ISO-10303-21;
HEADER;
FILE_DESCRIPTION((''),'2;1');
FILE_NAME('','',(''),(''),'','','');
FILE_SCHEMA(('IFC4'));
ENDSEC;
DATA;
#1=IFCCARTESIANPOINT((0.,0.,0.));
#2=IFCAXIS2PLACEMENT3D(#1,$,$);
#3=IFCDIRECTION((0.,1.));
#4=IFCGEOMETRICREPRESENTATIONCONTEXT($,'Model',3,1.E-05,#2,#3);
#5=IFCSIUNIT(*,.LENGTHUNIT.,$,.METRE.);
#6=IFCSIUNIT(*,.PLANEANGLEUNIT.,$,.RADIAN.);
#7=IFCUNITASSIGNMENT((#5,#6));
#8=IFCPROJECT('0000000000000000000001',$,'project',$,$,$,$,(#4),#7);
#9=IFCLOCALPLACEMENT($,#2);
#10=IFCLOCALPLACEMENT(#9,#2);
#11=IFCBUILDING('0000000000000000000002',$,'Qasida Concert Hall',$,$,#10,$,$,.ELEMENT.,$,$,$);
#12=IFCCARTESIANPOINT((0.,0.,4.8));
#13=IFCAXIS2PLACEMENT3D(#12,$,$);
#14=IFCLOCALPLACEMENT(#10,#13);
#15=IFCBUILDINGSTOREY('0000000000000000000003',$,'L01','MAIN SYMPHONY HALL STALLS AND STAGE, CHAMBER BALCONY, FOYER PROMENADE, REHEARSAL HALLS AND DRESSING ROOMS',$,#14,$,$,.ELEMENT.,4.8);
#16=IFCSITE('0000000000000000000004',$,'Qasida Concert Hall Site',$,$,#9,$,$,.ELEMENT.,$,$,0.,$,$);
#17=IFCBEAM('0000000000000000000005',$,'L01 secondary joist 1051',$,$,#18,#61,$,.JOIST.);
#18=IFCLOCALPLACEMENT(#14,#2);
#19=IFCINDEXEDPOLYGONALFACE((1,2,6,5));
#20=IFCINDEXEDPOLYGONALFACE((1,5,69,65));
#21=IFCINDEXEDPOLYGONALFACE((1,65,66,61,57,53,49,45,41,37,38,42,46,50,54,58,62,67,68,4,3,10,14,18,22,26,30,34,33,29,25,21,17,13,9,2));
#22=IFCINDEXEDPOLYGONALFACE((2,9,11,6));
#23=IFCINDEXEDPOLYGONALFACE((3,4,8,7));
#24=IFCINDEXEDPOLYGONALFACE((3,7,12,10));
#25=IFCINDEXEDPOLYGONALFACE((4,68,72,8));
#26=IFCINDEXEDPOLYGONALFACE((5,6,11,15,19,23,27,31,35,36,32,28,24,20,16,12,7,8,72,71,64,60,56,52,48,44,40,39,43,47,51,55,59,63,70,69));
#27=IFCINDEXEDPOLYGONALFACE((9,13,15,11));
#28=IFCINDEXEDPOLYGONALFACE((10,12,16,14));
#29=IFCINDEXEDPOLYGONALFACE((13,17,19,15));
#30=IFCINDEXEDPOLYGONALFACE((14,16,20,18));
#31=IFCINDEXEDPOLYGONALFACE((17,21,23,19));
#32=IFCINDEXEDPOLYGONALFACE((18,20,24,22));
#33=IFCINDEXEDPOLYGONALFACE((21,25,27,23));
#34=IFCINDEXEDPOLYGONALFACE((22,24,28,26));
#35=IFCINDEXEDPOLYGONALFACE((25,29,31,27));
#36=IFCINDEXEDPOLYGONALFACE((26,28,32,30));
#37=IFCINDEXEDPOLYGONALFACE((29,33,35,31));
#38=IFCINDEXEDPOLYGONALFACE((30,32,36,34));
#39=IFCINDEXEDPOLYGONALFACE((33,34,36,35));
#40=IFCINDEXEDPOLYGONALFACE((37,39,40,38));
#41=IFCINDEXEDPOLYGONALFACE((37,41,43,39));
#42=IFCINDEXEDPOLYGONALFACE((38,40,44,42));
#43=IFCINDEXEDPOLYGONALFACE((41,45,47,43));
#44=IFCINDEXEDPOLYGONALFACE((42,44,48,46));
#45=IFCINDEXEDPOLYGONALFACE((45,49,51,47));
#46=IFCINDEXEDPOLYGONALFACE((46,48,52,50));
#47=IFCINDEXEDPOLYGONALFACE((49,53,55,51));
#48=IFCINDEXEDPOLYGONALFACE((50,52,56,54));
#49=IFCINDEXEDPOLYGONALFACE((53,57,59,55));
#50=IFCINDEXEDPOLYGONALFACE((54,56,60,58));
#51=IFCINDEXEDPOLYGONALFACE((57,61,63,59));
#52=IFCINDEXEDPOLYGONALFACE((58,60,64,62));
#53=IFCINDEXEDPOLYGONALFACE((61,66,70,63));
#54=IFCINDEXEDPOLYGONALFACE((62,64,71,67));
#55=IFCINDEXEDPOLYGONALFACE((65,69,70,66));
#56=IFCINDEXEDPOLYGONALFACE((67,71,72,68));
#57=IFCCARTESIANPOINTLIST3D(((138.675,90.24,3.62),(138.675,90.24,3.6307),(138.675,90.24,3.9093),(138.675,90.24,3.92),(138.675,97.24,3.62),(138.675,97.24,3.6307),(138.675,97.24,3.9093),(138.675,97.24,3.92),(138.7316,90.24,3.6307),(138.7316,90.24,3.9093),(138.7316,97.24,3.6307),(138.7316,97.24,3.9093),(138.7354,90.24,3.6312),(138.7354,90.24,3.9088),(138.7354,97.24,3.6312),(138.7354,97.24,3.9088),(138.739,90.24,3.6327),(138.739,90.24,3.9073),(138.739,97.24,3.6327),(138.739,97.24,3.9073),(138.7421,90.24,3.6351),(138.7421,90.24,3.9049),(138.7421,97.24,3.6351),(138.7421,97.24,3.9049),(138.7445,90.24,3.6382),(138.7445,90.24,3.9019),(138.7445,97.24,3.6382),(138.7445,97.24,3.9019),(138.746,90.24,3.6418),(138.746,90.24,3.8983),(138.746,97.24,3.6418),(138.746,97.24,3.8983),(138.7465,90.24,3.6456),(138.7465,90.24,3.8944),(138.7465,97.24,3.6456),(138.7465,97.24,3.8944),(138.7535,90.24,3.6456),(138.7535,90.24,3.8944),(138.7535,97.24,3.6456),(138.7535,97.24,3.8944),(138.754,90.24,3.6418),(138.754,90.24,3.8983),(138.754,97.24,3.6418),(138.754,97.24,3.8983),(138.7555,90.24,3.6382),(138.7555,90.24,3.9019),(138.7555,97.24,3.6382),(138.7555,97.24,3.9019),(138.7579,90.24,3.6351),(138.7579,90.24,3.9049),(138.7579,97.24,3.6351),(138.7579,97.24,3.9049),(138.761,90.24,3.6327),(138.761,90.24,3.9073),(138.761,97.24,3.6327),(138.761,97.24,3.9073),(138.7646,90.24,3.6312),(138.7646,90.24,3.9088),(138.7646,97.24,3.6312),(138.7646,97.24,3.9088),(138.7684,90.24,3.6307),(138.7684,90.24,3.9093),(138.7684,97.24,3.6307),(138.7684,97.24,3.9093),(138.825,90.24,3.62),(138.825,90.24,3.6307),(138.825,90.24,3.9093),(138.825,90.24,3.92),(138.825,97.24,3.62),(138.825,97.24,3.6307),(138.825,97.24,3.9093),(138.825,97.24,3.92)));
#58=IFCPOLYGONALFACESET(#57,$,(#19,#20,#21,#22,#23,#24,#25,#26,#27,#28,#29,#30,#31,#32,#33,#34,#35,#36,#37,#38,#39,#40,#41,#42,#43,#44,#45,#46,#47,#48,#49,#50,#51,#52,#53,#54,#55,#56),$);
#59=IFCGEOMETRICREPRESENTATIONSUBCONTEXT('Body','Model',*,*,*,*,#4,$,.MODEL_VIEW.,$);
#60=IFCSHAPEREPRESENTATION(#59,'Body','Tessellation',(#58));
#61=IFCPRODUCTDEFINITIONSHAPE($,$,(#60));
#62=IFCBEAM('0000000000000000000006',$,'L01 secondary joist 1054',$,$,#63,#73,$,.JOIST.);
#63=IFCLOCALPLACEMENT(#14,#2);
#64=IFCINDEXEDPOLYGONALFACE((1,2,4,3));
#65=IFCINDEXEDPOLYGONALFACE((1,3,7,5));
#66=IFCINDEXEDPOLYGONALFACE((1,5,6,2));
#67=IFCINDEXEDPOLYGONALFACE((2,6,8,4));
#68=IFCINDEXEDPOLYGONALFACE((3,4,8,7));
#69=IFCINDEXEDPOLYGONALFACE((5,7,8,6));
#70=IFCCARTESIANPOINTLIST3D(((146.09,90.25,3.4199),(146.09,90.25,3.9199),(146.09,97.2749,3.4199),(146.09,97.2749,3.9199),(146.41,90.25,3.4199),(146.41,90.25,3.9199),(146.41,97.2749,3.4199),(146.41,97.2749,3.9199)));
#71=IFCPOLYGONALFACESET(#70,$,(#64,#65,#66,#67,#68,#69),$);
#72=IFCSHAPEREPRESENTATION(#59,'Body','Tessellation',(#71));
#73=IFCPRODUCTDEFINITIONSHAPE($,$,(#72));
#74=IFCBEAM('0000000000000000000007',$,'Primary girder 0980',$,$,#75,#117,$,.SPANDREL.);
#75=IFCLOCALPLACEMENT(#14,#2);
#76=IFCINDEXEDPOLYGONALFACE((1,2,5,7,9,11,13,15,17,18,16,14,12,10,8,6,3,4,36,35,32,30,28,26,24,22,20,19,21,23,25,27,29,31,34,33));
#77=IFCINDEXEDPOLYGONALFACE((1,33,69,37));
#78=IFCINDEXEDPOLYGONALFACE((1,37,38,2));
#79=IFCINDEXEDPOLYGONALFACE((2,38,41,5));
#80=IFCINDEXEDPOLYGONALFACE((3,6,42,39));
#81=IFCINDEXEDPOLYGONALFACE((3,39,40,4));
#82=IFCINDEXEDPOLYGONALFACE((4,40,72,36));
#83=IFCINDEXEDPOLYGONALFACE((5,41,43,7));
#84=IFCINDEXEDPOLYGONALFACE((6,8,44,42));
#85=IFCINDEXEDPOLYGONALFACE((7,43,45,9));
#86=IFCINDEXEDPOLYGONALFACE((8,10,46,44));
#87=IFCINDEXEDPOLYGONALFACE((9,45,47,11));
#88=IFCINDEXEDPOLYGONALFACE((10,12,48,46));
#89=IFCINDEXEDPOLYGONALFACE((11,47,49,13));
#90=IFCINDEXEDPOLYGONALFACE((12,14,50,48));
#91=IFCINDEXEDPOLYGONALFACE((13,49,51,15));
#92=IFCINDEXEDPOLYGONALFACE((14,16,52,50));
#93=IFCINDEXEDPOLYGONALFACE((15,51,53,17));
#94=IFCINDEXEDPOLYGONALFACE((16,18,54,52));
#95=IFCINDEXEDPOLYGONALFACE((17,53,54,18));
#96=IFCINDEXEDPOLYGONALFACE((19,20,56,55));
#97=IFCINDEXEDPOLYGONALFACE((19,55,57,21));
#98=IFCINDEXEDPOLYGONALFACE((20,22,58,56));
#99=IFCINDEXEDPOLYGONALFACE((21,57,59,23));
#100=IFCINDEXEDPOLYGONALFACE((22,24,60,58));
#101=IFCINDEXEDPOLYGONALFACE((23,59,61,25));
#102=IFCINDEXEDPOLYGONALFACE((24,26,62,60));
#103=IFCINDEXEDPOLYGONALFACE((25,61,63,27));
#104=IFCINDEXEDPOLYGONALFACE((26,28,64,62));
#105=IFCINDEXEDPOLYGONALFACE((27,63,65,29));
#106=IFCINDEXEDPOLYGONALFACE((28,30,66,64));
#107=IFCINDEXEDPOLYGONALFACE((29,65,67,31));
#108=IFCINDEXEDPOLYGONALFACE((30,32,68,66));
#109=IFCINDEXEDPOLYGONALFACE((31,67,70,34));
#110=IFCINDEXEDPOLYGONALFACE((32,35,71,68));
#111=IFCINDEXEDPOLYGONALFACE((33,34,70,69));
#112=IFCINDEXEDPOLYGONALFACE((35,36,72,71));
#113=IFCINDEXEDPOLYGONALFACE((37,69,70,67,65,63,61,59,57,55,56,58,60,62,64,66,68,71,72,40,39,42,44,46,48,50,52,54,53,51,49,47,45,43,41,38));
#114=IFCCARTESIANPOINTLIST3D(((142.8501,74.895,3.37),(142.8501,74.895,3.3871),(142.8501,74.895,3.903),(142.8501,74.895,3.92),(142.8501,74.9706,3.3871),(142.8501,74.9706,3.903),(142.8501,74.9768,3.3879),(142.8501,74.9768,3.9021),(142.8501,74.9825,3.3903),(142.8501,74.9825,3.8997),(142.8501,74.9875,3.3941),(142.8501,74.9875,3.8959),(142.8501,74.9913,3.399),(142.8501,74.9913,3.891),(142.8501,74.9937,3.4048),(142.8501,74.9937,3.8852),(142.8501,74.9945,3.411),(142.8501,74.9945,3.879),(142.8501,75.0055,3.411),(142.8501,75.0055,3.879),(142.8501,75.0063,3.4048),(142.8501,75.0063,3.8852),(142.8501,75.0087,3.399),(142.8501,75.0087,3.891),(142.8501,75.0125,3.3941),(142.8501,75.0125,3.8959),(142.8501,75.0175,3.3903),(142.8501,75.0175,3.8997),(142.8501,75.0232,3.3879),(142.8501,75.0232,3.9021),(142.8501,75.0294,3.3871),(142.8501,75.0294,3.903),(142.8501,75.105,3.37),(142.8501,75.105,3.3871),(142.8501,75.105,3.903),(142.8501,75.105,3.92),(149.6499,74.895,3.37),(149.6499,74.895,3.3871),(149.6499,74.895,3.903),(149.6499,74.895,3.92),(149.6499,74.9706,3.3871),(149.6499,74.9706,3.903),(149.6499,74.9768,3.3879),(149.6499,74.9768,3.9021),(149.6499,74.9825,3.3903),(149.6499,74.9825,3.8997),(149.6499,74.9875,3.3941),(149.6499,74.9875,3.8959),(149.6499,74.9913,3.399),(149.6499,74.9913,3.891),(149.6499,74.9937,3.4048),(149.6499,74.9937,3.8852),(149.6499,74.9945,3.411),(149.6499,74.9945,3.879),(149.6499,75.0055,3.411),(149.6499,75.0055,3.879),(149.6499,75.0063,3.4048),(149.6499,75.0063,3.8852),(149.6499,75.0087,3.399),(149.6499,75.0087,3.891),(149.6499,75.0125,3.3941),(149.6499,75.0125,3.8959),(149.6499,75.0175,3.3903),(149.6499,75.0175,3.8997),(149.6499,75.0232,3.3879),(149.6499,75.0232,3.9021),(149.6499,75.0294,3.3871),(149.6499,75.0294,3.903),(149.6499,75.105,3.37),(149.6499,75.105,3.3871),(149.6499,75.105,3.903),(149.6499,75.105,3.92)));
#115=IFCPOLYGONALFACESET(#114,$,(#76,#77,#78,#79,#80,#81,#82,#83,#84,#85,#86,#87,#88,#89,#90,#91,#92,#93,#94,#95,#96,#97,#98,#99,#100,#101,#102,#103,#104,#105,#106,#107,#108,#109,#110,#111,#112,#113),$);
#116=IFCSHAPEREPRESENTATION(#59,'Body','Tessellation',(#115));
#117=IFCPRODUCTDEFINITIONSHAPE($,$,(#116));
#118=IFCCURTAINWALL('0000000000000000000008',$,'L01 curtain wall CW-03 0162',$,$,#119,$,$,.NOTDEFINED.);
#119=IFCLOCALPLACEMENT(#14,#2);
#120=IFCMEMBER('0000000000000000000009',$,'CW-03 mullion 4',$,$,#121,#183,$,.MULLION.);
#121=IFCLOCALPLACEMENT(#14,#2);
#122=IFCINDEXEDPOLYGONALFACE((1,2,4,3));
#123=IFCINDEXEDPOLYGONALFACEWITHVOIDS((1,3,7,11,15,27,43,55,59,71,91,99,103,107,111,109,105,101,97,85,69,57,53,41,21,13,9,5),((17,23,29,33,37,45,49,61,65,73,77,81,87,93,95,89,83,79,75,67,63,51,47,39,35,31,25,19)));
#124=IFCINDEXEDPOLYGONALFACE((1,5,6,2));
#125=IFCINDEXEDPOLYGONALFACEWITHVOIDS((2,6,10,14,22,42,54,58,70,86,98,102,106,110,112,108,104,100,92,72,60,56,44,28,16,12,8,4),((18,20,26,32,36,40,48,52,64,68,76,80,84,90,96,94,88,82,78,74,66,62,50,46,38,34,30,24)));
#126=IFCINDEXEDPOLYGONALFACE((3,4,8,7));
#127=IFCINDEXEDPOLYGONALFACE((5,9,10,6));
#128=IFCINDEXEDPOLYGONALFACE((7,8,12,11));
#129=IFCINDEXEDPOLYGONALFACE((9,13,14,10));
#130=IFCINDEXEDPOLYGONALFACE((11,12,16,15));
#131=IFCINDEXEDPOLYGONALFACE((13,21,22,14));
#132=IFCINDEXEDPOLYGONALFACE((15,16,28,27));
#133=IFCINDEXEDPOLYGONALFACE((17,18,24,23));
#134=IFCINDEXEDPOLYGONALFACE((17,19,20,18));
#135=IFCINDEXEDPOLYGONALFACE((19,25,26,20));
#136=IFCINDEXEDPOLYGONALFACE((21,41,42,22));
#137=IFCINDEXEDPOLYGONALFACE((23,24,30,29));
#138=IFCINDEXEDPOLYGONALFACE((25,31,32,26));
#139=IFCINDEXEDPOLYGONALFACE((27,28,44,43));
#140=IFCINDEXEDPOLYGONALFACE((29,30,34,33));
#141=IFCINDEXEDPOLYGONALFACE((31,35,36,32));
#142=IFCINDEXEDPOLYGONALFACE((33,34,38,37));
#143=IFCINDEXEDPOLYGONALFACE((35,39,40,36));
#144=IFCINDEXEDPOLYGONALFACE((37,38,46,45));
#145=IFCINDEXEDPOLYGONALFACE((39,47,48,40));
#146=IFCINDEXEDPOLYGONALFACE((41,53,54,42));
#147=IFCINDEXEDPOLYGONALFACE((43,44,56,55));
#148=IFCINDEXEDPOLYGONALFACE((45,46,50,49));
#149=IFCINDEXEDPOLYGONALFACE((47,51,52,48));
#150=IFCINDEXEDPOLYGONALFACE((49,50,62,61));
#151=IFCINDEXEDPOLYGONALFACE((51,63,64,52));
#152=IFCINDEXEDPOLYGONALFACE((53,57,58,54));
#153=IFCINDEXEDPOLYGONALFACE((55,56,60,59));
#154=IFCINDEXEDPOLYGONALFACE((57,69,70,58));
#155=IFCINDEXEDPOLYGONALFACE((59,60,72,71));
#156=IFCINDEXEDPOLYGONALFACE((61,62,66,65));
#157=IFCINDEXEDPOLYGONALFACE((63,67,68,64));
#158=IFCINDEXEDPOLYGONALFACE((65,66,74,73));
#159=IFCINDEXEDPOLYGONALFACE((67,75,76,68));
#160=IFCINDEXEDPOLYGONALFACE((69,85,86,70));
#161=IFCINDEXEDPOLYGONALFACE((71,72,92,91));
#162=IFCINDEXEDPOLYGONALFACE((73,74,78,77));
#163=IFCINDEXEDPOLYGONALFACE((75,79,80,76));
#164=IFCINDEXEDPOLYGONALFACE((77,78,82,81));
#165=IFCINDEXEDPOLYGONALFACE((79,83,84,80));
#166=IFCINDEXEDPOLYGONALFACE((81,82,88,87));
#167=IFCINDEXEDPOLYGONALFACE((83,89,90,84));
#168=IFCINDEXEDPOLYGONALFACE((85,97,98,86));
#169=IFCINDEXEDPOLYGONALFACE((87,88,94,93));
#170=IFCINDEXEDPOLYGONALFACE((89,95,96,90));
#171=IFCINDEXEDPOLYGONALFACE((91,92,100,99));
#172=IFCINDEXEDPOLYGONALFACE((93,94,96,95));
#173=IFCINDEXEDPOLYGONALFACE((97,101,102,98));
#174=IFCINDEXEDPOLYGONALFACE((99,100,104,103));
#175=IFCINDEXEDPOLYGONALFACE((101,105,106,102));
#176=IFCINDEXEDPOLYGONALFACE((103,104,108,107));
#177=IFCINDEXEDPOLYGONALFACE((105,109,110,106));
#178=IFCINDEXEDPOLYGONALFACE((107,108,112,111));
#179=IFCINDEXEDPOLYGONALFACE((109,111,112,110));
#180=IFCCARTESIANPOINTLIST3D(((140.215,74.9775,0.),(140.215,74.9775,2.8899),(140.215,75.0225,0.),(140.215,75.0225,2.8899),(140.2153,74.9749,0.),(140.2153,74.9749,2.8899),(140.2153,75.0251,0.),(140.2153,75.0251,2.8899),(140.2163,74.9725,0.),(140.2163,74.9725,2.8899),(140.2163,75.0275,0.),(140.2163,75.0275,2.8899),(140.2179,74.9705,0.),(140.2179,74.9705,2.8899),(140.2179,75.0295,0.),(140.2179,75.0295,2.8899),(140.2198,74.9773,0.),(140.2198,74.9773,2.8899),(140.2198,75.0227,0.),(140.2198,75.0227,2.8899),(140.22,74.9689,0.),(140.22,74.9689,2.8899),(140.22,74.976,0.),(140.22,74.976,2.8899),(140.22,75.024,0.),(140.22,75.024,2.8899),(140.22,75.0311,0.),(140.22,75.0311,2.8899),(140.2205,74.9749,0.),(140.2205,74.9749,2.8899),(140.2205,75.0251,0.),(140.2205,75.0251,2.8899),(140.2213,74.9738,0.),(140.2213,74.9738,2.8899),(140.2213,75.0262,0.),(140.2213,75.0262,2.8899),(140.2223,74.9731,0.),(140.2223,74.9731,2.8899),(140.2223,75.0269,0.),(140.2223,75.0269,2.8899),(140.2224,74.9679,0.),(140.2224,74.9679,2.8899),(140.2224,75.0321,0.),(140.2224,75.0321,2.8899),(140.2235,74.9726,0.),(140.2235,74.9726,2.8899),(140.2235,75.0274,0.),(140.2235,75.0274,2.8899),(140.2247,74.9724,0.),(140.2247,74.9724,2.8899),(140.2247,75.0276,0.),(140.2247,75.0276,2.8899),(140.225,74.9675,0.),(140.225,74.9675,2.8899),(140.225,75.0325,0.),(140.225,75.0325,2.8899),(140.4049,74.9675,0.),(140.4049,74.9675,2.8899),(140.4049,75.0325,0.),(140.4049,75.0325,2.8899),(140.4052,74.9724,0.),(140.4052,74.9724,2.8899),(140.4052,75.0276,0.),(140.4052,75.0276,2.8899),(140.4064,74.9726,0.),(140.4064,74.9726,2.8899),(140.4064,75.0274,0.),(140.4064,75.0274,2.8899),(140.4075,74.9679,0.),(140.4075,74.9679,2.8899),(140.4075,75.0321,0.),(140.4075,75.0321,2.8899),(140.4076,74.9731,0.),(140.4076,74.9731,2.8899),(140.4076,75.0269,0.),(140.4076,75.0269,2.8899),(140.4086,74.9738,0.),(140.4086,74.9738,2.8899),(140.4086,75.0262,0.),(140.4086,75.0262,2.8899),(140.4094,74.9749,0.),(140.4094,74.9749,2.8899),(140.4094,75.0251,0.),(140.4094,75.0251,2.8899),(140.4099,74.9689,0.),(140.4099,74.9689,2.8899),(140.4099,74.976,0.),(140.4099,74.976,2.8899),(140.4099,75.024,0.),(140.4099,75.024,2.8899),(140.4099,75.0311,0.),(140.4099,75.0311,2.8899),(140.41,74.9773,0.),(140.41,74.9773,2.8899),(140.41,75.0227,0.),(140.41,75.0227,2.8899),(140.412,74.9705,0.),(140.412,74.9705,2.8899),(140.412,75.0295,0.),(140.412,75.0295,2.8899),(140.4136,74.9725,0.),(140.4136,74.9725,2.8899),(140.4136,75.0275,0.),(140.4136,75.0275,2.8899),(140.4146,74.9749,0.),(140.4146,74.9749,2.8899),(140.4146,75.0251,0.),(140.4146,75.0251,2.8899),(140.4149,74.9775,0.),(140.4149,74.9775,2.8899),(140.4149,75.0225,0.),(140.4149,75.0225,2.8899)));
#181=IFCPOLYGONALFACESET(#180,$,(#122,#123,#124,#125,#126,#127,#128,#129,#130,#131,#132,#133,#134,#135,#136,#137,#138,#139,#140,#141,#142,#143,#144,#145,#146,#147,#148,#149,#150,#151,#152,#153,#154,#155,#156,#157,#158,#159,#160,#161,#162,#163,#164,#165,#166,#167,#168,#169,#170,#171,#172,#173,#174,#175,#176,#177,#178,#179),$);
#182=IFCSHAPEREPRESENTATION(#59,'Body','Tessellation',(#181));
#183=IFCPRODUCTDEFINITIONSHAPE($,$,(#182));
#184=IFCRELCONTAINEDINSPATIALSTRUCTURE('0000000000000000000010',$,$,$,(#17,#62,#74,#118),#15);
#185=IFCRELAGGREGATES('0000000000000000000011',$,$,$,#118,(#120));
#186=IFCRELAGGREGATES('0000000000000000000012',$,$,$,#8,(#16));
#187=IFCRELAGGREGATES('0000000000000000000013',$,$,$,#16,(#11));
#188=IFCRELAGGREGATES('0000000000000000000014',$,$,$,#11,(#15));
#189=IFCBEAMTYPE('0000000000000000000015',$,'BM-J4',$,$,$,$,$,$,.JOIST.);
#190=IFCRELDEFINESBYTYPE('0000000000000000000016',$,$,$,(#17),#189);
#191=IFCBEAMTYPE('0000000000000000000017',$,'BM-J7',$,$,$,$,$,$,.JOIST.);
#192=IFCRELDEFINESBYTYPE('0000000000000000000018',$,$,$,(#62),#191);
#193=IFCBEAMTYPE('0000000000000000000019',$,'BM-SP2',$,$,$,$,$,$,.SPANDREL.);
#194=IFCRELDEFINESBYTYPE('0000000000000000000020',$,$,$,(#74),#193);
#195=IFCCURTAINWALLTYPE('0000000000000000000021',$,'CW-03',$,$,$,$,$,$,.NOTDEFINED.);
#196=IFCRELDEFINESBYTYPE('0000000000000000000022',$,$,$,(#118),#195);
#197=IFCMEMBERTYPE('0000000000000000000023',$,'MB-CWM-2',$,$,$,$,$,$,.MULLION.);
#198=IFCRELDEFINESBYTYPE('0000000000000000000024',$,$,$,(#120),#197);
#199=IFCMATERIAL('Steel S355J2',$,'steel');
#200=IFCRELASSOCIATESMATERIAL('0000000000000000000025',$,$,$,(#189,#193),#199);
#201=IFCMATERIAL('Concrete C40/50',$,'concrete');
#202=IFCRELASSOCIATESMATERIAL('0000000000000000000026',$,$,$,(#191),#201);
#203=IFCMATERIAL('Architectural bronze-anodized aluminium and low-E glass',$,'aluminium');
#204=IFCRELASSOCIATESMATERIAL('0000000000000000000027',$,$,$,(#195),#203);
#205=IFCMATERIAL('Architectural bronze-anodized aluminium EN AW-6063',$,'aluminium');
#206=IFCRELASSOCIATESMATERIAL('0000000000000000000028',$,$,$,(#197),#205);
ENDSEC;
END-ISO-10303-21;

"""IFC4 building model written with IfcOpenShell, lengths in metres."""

from ifc_helpers import new_model, si_unit, direction, frame, origin, origin_2d, place, context, subcontext, project, spatial, rectangle, hollow_rectangle, i_section, extrude, material, material_profile, profile_set, type_object, element, aggregate, save


model = new_model("IFC4")

# Units and contexts
model_context = context("Model", 3, precision=1e-05, world=origin(), true_north=direction((0.0, 1.0)))
body_context = subcontext(model_context, "Body", "Model", "MODEL_VIEW")
ifc_project = project(units=[si_unit("LENGTHUNIT", "METRE"), si_unit("PLANEANGLEUNIT", "RADIAN")], contexts=[model_context])

# Site, building, storey
site_placement = place(None, origin())
site = spatial("IfcSite", under=ifc_project, at=site_placement, Name="Qasida Concert Hall Site", CompositionType="ELEMENT", RefElevation=0.0)
building_placement = place(site_placement, origin())
building = spatial("IfcBuilding", under=site, at=building_placement, Name="Qasida Concert Hall", CompositionType="ELEMENT")
storey_placement = place(building_placement, frame((0.0, 0.0, 4.8)))
storey = spatial("IfcBuildingStorey", under=building, at=storey_placement, Name="L01", Description="MAIN SYMPHONY HALL STALLS AND STAGE, CHAMBER BALCONY, FOYER PROMENADE, REHEARSAL HALLS AND DRESSING ROOMS", CompositionType="ELEMENT", Elevation=4.8)

# Beams
ifc_material_1 = material(Name="Concrete C40/50", Category="concrete")
ifc_material_2 = material(Name="Steel S355J2", Category="steel")
ifc_material_profile_1 = material_profile(ifc_material_2, i_section(OverallWidth=0.1499, OverallDepth=0.3, WebThickness=0.0071, FlangeThickness=0.0107, FilletRadius=0.0149, at=origin_2d()), Name="IPE 300")
ifc_profile_set_1 = profile_set([ifc_material_profile_1], Name="Steel S355J2")
beam_type_1 = type_object("IfcBeamType", Name="BM-J4", PredefinedType="JOIST", material=ifc_profile_set_1)
beam_1_placement = place(storey_placement, frame((138.75, 90.24, 3.77), z_axis=(0.0, 1.0, 0.0), x_axis=(-1.0, 0.0, 0.0)))
element("IfcBeam", 1, at=beam_1_placement, inside=storey, type_object=beam_type_1, Name="L01 secondary joist 1051", PredefinedType="JOIST", context=body_context, shape_type="SweptSolid", body=[
    extrude(i_section(OverallWidth=0.1499, OverallDepth=0.3, WebThickness=0.0071, FlangeThickness=0.0107, FilletRadius=0.0149, at=origin_2d()), origin(), (0.0, 0.0, 1.0), 7.0),
])
ifc_material_profile_2 = material_profile(ifc_material_1, rectangle(XDim=0.3201, YDim=0.5, at=origin_2d()), Name="RC 320x500")
ifc_profile_set_2 = profile_set([ifc_material_profile_2], Name="Concrete C40/50")
beam_type_2 = type_object("IfcBeamType", Name="BM-J7", PredefinedType="JOIST", material=ifc_profile_set_2)
beam_2_placement = place(storey_placement, frame((146.25, 90.25, 3.6699), z_axis=(0.0, 1.0, 0.0), x_axis=(-1.0, 0.0, 0.0)))
element("IfcBeam", 2, at=beam_2_placement, inside=storey, type_object=beam_type_2, Name="L01 secondary joist 1054", PredefinedType="JOIST", context=body_context, shape_type="SweptSolid", body=[
    extrude(rectangle(XDim=0.3201, YDim=0.5, at=origin_2d()), origin(), (0.0, 0.0, 1.0), 7.0249),
])
ifc_material_profile_3 = material_profile(ifc_material_2, i_section(OverallWidth=0.21, OverallDepth=0.55, WebThickness=0.011, FlangeThickness=0.0171, FilletRadius=0.0239, at=origin_2d()), Name="IPE 550")
ifc_profile_set_3 = profile_set([ifc_material_profile_3], Name="Steel S355J2")
beam_type_3 = type_object("IfcBeamType", Name="BM-SP2", PredefinedType="SPANDREL", material=ifc_profile_set_3)
beam_3_placement = place(storey_placement, frame((142.8501, 75.0, 3.645), z_axis=(1.0, 0.0, 0.0), x_axis=(0.0, 1.0, 0.0)))
element("IfcBeam", 3, at=beam_3_placement, inside=storey, type_object=beam_type_3, Name="Primary girder 0980", PredefinedType="SPANDREL", context=body_context, shape_type="SweptSolid", body=[
    extrude(i_section(OverallWidth=0.21, OverallDepth=0.55, WebThickness=0.011, FlangeThickness=0.0171, FilletRadius=0.0239, at=origin_2d()), origin(), (0.0, 0.0, 1.0), 6.7998),
])

# Curtain wall, member
ifc_material_3 = material(Name="Architectural bronze-anodized aluminium and low-E glass", Category="aluminium")
curtain_wall_type = type_object("IfcCurtainWallType", Name="CW-03", PredefinedType="NOTDEFINED", material=ifc_material_3)
curtain_wall_placement = place(storey_placement, origin())
curtain_wall = element("IfcCurtainWall", 4, at=curtain_wall_placement, inside=storey, type_object=curtain_wall_type, Name="L01 curtain wall CW-03 0162", PredefinedType="NOTDEFINED")
ifc_material_4 = material(Name="Architectural bronze-anodized aluminium EN AW-6063", Category="aluminium")
ifc_material_profile_4 = material_profile(ifc_material_4, hollow_rectangle(XDim=0.0649, YDim=0.2, WallThickness=0.0049, InnerFilletRadius=0.0049, OuterFilletRadius=0.01, at=origin_2d()), Name="CWM 200x65x5")
ifc_profile_set_4 = profile_set([ifc_material_profile_4], Name="Architectural bronze-anodized aluminium EN AW-6063")
member_type_1 = type_object("IfcMemberType", Name="MB-CWM-2", PredefinedType="MULLION", material=ifc_profile_set_4)
member_1_placement = place(storey_placement, frame((140.3149, 75.0, 0.0), z_axis=(0.0, 0.0, 1.0), x_axis=(0.0, 1.0, 0.0)))
member_1 = element("IfcMember", 5, at=member_1_placement, type_object=member_type_1, Name="CW-03 mullion 4", PredefinedType="MULLION", context=body_context, shape_type="SweptSolid", body=[
    extrude(hollow_rectangle(XDim=0.0649, YDim=0.2, WallThickness=0.0049, InnerFilletRadius=0.0049, OuterFilletRadius=0.01, at=origin_2d()), origin(), (0.0, 0.0, 1.0), 2.8899),
])
aggregate(curtain_wall, [member_1])

save(model, "model.ifc")
